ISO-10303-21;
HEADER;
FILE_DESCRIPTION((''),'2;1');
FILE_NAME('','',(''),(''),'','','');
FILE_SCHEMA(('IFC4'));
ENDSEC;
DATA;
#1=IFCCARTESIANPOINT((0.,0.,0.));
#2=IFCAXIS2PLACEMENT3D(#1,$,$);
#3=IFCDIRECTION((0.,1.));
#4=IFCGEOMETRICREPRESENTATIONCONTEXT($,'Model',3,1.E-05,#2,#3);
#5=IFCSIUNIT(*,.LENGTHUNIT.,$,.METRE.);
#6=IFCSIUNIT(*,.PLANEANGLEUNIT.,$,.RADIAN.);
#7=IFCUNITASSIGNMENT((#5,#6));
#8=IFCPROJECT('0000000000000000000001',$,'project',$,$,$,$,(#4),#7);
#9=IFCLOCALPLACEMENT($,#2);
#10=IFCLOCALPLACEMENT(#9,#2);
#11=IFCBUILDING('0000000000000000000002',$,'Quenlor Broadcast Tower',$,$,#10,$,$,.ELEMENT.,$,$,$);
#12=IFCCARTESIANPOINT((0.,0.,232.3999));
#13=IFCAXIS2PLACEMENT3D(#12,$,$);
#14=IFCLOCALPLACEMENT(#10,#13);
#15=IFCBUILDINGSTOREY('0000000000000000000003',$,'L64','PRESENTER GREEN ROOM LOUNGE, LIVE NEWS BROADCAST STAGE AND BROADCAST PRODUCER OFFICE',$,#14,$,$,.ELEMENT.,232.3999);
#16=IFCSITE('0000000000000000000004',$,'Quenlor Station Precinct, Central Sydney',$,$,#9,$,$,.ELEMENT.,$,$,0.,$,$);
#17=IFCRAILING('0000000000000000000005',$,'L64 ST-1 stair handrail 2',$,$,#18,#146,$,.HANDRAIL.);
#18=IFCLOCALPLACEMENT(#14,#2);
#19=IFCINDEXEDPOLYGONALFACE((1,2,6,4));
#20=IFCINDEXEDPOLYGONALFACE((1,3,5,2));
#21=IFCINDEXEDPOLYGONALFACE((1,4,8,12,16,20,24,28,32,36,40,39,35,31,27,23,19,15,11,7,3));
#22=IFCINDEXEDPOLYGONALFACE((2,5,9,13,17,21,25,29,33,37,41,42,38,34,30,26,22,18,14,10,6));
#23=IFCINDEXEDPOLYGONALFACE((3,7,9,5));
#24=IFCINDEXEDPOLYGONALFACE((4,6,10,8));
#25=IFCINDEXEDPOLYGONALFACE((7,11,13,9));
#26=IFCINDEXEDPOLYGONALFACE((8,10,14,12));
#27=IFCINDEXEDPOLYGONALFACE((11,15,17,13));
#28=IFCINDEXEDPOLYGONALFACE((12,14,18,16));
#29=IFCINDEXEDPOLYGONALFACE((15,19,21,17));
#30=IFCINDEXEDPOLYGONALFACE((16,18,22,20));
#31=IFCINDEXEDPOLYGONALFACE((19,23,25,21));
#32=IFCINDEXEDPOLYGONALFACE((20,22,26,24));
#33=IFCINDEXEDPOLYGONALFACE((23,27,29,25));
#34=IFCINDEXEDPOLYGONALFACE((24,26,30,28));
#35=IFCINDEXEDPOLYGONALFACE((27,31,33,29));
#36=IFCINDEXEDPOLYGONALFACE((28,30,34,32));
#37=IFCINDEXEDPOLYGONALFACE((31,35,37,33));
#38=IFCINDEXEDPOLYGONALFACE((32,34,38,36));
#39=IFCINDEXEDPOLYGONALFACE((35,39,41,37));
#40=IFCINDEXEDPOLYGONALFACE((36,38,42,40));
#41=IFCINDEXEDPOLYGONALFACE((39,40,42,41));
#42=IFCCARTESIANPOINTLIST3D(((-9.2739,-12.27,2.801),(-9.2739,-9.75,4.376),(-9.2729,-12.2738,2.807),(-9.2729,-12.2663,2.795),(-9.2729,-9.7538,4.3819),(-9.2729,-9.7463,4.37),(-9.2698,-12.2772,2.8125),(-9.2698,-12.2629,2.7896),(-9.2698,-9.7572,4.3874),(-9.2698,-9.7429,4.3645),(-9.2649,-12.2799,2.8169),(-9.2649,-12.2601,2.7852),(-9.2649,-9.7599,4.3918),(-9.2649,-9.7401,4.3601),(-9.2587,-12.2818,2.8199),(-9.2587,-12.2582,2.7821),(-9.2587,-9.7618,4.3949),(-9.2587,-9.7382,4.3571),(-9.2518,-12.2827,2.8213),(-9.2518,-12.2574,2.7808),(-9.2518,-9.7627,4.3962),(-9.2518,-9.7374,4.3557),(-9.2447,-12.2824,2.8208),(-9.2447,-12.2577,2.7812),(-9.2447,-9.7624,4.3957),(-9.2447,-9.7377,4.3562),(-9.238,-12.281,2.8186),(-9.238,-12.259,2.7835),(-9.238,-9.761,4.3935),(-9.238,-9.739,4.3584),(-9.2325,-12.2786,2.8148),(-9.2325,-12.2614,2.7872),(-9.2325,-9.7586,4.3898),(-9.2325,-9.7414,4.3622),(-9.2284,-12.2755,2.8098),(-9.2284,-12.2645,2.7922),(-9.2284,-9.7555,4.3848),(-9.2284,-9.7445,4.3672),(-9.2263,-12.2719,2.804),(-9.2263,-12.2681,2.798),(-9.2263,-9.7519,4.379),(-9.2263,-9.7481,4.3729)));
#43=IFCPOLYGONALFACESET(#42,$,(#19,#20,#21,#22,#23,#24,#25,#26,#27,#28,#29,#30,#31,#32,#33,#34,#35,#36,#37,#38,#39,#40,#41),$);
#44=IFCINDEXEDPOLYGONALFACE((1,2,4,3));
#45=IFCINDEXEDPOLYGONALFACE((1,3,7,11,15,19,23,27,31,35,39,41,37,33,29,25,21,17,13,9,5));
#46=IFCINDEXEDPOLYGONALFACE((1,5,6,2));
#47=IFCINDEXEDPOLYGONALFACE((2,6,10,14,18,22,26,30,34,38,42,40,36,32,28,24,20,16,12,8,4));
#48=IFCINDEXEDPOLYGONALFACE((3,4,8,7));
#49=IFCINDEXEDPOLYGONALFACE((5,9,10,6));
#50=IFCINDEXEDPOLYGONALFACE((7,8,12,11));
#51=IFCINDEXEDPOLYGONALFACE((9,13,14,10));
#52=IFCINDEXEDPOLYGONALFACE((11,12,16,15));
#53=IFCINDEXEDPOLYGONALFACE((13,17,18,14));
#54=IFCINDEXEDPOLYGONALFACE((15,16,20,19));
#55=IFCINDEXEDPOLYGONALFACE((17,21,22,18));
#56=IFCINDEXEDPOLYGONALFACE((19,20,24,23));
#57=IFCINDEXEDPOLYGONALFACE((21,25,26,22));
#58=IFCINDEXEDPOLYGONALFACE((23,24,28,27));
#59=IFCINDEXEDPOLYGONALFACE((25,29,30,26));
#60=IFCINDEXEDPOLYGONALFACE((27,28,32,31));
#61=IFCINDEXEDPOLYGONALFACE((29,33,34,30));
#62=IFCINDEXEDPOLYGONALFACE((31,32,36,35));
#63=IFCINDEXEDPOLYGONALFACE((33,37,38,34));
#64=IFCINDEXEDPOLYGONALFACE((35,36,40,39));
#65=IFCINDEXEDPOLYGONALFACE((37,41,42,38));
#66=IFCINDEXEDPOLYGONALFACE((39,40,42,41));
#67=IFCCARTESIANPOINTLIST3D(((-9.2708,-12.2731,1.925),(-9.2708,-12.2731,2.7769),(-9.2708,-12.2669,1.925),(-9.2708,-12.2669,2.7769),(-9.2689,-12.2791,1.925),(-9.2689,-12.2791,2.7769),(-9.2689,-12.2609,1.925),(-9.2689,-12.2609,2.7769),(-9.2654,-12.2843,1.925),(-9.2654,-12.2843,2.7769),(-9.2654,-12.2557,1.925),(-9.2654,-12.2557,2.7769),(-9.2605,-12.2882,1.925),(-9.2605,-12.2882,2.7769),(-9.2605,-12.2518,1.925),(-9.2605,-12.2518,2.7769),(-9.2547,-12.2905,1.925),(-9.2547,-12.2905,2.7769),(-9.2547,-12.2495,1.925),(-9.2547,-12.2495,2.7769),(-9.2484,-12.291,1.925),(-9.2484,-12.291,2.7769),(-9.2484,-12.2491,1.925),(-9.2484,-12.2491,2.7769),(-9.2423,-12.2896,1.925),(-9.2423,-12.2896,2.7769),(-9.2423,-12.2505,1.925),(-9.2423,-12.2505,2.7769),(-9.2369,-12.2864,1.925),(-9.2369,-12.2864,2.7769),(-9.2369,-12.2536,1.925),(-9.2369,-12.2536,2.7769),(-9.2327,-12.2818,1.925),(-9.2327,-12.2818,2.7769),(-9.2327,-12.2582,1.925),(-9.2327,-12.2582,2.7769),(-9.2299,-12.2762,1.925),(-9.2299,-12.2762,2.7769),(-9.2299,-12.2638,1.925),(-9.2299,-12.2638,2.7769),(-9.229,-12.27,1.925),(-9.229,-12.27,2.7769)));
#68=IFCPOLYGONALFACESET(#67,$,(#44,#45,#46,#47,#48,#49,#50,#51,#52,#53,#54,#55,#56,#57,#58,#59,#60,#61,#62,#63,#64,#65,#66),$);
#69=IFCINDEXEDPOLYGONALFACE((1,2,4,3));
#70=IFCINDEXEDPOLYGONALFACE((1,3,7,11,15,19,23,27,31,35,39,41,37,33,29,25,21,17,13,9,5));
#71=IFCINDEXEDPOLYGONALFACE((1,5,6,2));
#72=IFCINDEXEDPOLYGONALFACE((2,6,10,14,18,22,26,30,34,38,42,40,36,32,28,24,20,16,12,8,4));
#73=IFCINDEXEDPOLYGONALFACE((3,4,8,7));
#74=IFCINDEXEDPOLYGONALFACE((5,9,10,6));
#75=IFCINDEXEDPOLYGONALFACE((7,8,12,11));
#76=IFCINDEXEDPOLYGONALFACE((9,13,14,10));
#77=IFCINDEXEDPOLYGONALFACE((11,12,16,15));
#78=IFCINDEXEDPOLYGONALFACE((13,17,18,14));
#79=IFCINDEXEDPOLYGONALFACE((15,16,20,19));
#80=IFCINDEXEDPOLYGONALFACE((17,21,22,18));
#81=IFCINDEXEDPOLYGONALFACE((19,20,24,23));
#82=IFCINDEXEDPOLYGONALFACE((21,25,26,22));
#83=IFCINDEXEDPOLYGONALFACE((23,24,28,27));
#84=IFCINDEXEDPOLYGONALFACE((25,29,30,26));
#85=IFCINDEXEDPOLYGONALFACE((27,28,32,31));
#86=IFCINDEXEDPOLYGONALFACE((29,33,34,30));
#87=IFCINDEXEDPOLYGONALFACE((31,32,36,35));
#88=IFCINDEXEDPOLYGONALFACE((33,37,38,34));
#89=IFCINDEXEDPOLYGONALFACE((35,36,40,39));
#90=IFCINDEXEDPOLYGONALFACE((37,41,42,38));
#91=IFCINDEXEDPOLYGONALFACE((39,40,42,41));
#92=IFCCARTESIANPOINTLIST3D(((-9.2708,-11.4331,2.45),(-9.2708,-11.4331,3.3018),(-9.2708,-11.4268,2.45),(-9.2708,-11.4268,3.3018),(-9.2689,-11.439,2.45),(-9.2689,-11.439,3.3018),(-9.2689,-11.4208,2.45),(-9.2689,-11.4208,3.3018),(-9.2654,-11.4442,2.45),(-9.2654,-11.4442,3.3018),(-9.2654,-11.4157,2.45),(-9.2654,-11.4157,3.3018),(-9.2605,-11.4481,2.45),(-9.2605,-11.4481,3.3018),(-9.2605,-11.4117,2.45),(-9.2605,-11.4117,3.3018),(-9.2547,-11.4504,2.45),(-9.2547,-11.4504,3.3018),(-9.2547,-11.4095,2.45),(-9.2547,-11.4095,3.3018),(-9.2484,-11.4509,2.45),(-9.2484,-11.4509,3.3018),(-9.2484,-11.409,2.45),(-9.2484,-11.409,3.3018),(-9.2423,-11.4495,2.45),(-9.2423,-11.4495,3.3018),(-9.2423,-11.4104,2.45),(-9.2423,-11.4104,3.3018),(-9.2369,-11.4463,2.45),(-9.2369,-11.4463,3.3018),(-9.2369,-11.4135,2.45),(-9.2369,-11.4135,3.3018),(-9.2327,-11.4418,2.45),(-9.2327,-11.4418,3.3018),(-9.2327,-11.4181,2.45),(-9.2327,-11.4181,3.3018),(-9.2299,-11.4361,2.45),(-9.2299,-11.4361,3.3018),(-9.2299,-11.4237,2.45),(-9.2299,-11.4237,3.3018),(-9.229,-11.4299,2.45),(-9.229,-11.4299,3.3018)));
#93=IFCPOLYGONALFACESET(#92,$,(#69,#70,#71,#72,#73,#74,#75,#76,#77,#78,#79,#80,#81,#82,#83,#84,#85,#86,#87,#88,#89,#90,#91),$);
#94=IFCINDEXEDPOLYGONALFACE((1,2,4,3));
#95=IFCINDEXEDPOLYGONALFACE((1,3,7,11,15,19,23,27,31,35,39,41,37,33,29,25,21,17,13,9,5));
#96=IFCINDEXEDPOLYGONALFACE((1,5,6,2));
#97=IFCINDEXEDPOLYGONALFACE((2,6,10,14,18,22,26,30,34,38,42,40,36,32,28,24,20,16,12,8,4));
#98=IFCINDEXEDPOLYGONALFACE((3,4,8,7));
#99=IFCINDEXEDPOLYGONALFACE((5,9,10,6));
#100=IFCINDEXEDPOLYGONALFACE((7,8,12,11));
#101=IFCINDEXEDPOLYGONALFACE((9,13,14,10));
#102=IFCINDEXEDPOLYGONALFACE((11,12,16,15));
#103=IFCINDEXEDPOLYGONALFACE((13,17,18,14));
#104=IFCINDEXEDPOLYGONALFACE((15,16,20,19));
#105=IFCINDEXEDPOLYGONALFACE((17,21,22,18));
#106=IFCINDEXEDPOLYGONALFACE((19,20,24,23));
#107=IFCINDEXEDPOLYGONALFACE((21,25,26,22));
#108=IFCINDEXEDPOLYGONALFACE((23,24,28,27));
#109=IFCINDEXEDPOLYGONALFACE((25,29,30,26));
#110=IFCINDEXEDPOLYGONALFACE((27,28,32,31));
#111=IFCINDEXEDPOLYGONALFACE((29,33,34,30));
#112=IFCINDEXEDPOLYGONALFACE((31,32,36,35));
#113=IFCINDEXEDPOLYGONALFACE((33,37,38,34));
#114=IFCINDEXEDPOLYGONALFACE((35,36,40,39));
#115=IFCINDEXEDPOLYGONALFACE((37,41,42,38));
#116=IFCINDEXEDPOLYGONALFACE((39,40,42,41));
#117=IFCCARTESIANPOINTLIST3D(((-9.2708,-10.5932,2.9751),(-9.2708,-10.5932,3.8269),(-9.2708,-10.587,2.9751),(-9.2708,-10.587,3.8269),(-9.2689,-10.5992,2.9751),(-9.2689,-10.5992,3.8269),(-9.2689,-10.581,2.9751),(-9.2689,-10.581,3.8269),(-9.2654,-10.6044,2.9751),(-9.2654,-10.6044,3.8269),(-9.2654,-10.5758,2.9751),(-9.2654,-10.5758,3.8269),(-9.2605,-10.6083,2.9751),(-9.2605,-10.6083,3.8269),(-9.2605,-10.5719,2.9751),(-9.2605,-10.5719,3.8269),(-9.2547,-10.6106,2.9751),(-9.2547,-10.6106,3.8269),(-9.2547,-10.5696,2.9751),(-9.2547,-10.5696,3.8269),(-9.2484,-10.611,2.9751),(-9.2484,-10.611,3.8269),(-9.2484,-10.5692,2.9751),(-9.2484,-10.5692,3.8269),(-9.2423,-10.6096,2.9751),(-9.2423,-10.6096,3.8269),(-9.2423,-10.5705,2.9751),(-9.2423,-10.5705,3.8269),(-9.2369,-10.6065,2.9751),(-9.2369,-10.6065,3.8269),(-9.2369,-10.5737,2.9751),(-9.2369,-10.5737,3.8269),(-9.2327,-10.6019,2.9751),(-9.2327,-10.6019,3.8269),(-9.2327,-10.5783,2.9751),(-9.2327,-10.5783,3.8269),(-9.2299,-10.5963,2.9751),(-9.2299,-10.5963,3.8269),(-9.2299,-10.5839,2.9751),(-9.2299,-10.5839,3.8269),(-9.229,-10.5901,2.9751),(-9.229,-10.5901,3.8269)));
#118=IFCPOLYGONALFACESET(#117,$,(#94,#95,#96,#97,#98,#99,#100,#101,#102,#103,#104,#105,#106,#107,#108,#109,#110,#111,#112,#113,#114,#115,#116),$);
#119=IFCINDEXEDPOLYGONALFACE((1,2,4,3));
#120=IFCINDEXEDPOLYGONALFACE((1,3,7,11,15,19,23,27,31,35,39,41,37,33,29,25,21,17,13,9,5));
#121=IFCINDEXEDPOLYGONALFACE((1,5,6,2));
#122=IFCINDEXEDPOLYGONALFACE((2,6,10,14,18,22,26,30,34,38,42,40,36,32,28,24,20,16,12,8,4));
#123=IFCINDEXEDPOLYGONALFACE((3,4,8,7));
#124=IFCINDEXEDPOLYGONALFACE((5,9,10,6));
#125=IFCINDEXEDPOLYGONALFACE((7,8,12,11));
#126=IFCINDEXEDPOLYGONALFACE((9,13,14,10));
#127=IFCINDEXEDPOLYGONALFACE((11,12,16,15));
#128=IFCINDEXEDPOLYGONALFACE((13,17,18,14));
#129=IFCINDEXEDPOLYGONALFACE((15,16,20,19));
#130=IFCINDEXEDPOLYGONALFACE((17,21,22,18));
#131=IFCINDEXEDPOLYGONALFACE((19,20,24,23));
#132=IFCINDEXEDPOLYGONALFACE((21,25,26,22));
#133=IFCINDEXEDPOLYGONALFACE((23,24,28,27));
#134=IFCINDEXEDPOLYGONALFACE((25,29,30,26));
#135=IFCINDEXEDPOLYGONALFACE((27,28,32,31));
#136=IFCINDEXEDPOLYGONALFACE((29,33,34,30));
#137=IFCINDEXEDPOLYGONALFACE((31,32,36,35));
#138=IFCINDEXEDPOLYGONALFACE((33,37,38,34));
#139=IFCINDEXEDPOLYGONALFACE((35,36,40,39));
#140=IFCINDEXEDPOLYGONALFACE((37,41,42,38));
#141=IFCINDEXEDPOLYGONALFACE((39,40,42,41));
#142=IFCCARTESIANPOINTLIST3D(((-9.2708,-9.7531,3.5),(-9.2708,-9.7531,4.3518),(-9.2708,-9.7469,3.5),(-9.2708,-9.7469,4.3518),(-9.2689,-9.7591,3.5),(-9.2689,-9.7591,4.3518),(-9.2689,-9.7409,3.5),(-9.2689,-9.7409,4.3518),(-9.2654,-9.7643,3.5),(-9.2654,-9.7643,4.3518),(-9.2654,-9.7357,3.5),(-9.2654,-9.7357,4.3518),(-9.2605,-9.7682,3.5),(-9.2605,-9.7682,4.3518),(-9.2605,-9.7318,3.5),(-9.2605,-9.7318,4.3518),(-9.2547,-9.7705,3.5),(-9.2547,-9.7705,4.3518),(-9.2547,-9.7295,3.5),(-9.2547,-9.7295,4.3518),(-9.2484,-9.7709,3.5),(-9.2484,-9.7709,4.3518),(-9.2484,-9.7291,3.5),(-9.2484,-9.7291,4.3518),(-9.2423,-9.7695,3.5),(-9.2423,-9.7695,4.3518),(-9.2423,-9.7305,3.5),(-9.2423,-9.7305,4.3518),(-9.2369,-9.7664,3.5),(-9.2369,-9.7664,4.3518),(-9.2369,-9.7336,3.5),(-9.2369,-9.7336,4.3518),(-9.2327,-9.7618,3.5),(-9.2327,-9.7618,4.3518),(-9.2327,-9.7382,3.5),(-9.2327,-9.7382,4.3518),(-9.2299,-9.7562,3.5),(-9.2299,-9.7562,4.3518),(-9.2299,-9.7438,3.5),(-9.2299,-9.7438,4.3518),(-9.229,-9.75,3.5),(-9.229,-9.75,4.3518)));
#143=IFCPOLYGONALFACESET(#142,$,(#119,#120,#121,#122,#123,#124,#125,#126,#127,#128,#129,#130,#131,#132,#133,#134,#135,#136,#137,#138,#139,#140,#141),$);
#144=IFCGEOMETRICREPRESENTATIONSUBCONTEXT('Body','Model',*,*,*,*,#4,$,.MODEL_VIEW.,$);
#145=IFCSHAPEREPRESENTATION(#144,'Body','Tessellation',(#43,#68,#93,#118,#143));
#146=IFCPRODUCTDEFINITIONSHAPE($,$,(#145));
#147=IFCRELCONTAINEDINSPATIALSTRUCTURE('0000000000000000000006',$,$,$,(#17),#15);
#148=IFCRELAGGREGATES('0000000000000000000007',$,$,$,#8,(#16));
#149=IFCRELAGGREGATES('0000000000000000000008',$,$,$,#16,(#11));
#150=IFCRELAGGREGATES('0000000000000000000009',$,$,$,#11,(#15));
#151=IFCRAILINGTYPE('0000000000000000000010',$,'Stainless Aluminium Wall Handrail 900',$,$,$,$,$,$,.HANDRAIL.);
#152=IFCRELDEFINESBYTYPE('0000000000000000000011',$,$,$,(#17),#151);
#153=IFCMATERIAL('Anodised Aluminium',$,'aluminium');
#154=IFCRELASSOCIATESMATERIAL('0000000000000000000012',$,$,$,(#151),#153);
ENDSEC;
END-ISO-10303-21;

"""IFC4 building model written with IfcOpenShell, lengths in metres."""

from ifc_helpers import new_model, si_unit, direction, frame, origin, origin_2d, place, context, subcontext, project, spatial, circle, extrude, material, type_object, element, save


model = new_model("IFC4")

# Units and contexts
model_context = context("Model", 3, precision=1e-05, world=origin(), true_north=direction((0.0, 1.0)))
body_context = subcontext(model_context, "Body", "Model", "MODEL_VIEW")
ifc_project = project(units=[si_unit("LENGTHUNIT", "METRE"), si_unit("PLANEANGLEUNIT", "RADIAN")], contexts=[model_context])

# Site, building, storey
site_placement = place(None, origin())
site = spatial("IfcSite", under=ifc_project, at=site_placement, Name="Quenlor Station Precinct, Central Sydney", CompositionType="ELEMENT", RefElevation=0.0)
building_placement = place(site_placement, origin())
building = spatial("IfcBuilding", under=site, at=building_placement, Name="Quenlor Broadcast Tower", CompositionType="ELEMENT")
storey_placement = place(building_placement, frame((0.0, 0.0, 232.3999)))
storey = spatial("IfcBuildingStorey", under=building, at=storey_placement, Name="L64", Description="PRESENTER GREEN ROOM LOUNGE, LIVE NEWS BROADCAST STAGE AND BROADCAST PRODUCER OFFICE", CompositionType="ELEMENT", Elevation=232.3999)

# Railing
ifc_material_1 = material(Name="Anodised Aluminium", Category="aluminium")
railing_type_1 = type_object("IfcRailingType", Name="Stainless Aluminium Wall Handrail 900", PredefinedType="HANDRAIL", material=ifc_material_1)
railing_1_placement = place(storey_placement, frame((-9.25, -12.27, 1.925)))
element("IfcRailing", 1, at=railing_1_placement, inside=storey, type_object=railing_type_1, Name="L64 ST-1 stair handrail 2", PredefinedType="HANDRAIL", context=body_context, shape_type="SweptSolid", body=[
    extrude(circle(Radius=0.0239, at=origin_2d()), frame((0.0, 0.0, 0.876), z_axis=(0.0, 0.848008, 0.529984), x_axis=(-1.0, 0.0, 0.0)), (0.0, 0.0, 1.0), 2.9717),
    extrude(circle(Radius=0.021, at=origin_2d()), origin(), (0.0, 0.0, 1.0), 0.8518),
    extrude(circle(Radius=0.021, at=origin_2d()), frame((0.0, 0.8401, 0.5249)), (0.0, 0.0, 1.0), 0.8518),
    extrude(circle(Radius=0.021, at=origin_2d()), frame((0.0, 1.6799, 1.05)), (0.0, 0.0, 1.0), 0.8518),
    extrude(circle(Radius=0.021, at=origin_2d()), frame((0.0, 2.52, 1.575)), (0.0, 0.0, 1.0), 0.8518),
])

save(model, "model.ifc")
